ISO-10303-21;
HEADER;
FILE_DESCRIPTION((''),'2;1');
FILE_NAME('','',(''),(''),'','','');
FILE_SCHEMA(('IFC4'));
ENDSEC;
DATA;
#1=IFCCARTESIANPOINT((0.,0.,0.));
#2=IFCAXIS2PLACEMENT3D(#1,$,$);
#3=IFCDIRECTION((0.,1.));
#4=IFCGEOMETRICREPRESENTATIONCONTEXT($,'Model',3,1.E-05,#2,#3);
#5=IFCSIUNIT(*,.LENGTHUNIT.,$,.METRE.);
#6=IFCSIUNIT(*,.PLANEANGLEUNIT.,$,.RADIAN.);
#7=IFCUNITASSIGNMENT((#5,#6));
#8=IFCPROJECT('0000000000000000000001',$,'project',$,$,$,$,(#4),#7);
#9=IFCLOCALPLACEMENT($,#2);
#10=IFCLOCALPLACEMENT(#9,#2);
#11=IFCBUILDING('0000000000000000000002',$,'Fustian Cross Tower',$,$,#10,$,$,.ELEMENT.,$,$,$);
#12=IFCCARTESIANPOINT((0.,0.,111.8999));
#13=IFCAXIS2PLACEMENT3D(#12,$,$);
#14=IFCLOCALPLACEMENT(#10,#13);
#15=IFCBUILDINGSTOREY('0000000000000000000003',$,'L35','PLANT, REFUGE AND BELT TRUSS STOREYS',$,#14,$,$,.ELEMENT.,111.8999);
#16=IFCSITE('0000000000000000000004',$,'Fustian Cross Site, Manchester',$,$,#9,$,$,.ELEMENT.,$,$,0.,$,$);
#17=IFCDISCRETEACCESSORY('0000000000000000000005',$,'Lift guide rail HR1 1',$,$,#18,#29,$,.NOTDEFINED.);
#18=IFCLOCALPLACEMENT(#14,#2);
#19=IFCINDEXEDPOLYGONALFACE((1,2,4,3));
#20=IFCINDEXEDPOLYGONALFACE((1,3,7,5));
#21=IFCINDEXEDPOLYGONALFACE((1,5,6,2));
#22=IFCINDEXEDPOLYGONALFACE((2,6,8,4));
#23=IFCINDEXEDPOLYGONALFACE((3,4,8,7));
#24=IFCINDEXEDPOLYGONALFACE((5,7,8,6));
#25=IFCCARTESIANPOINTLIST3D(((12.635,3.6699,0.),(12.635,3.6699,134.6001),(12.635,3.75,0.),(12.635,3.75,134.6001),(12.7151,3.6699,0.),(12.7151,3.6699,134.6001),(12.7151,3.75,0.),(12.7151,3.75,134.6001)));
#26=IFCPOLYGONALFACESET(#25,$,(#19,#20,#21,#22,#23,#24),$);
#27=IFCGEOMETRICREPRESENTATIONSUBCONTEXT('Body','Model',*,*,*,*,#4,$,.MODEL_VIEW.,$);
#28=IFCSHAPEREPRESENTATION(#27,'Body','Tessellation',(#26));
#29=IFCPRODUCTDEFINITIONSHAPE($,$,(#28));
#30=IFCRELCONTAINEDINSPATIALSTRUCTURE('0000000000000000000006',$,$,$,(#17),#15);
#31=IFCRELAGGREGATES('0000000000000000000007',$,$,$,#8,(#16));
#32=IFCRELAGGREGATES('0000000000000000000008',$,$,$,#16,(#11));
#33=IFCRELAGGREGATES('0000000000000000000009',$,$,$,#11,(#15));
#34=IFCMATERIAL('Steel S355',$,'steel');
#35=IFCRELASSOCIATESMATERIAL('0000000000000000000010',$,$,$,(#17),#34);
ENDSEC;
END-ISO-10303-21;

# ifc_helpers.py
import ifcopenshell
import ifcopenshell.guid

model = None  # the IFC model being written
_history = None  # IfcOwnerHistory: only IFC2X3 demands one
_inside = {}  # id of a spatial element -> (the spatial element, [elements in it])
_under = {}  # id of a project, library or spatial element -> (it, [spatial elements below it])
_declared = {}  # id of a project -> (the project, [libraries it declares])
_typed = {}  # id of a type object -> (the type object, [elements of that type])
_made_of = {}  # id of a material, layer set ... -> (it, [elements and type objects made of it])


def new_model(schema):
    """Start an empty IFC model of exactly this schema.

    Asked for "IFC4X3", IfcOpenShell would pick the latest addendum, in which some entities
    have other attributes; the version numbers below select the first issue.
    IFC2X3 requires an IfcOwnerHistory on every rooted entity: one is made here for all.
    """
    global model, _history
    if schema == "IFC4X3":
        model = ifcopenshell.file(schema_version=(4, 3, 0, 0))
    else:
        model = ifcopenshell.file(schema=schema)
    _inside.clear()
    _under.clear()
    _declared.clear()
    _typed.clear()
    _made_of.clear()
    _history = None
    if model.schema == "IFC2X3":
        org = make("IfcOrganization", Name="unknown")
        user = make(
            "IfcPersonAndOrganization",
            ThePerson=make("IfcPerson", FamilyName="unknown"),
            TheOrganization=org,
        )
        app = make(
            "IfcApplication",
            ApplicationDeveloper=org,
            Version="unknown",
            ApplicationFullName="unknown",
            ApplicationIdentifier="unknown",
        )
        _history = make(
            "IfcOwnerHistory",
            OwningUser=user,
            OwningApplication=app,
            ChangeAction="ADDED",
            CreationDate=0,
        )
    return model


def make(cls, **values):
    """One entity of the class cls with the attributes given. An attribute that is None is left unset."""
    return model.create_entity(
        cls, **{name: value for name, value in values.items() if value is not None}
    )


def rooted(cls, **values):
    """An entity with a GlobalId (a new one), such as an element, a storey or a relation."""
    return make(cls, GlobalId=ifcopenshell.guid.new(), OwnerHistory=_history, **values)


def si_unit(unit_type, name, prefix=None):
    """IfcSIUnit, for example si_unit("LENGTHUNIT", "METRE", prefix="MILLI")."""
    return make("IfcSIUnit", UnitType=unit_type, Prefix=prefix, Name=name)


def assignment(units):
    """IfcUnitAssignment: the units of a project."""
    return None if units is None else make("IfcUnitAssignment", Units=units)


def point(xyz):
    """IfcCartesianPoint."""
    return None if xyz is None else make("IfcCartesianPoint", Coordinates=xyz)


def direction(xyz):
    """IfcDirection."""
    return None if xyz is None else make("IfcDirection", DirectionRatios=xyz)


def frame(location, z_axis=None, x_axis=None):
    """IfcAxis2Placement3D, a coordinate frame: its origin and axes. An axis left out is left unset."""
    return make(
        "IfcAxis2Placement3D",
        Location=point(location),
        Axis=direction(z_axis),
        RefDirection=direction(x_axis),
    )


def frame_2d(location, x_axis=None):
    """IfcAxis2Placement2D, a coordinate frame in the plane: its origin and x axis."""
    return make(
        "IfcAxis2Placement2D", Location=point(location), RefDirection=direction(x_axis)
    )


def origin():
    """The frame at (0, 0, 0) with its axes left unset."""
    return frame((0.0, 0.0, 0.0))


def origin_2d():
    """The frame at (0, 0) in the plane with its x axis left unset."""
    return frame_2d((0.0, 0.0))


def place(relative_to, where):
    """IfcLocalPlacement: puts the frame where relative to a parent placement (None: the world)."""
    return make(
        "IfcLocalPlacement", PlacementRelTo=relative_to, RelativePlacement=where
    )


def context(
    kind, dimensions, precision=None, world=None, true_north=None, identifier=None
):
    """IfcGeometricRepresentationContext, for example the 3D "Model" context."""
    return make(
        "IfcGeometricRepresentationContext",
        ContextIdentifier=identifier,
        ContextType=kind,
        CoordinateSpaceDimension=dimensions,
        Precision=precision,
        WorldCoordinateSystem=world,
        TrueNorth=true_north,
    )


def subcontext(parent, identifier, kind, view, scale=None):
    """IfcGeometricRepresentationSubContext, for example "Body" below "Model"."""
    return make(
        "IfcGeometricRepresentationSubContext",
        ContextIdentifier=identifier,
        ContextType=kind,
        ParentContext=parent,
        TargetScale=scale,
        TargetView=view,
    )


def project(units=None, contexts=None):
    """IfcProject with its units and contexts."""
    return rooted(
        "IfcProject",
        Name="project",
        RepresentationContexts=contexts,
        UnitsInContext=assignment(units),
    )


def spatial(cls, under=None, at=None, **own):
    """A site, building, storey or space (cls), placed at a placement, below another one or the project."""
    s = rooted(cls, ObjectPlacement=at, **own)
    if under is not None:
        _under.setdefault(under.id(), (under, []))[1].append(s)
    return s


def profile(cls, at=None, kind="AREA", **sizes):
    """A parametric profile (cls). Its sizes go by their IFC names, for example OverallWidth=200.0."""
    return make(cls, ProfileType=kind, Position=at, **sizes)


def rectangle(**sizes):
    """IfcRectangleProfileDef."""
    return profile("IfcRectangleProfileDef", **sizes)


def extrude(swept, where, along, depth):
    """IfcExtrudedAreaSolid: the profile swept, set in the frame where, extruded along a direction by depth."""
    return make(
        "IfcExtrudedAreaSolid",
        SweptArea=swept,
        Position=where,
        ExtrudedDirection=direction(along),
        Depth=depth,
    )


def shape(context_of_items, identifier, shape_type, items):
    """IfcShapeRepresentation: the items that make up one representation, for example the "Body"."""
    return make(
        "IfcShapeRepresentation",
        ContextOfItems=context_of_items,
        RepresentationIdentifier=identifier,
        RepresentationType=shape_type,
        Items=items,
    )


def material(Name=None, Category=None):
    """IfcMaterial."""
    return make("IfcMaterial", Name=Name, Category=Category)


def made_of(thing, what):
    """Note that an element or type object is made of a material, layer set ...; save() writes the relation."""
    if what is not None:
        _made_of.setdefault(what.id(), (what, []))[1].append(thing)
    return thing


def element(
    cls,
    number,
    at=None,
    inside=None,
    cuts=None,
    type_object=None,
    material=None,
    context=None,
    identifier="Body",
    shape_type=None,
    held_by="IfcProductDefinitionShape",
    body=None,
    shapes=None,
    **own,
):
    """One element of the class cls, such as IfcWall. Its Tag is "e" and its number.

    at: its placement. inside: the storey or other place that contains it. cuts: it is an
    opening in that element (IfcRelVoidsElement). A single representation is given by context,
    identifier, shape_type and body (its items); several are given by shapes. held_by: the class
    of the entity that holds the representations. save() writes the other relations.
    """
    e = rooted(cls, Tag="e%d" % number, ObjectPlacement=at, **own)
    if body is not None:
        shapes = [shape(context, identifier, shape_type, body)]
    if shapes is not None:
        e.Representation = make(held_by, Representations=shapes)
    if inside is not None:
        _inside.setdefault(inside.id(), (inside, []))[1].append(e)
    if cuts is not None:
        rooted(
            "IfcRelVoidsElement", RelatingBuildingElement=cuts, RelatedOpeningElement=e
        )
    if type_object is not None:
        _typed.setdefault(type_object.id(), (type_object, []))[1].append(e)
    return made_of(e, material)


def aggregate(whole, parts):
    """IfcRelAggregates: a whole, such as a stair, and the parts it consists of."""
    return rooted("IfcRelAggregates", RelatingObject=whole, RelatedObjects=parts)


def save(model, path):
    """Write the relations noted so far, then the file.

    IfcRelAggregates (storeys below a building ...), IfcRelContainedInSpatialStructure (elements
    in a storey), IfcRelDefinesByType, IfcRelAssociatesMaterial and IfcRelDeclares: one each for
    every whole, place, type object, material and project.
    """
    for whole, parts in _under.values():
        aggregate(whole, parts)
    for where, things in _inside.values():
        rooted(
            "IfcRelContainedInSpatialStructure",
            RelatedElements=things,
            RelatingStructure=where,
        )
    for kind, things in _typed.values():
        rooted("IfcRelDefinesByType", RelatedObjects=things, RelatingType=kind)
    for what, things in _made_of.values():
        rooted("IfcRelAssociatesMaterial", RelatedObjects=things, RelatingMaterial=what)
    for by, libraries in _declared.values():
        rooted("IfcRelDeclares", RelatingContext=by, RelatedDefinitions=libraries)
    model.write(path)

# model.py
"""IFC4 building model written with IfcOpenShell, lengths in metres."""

from ifc_helpers import new_model, si_unit, direction, frame, origin, origin_2d, place, context, subcontext, project, spatial, rectangle, extrude, material, element, save


model = new_model("IFC4")

# Units and contexts
model_context = context("Model", 3, precision=1e-05, world=origin(), true_north=direction((0.0, 1.0)))
body_context = subcontext(model_context, "Body", "Model", "MODEL_VIEW")
ifc_project = project(units=[si_unit("LENGTHUNIT", "METRE"), si_unit("PLANEANGLEUNIT", "RADIAN")], contexts=[model_context])

# Site, building, storey
site_placement = place(None, origin())
site = spatial("IfcSite", under=ifc_project, at=site_placement, Name="Fustian Cross Site, Manchester", CompositionType="ELEMENT", RefElevation=0.0)
building_placement = place(site_placement, origin())
building = spatial("IfcBuilding", under=site, at=building_placement, Name="Fustian Cross Tower", CompositionType="ELEMENT")
storey_placement = place(building_placement, frame((0.0, 0.0, 111.8999)))
storey = spatial("IfcBuildingStorey", under=building, at=storey_placement, Name="L35", Description="PLANT, REFUGE AND BELT TRUSS STOREYS", CompositionType="ELEMENT", Elevation=111.8999)

# Discrete accessory
ifc_material_1 = material(Name="Steel S355", Category="steel")
discrete_accessory_placement = place(storey_placement, frame((12.675, 3.71, 0.0), z_axis=(0.0, 0.0, 1.0), x_axis=(1.0, 0.0, 0.0)))
element("IfcDiscreteAccessory", 1, at=discrete_accessory_placement, inside=storey, material=ifc_material_1, Name="Lift guide rail HR1 1", PredefinedType="NOTDEFINED", context=body_context, shape_type="SweptSolid", body=[
    extrude(rectangle(XDim=0.0801, YDim=0.0801, at=origin_2d()), origin(), (0.0, 0.0, 1.0), 134.6001),
])

save(model, "model.ifc")
